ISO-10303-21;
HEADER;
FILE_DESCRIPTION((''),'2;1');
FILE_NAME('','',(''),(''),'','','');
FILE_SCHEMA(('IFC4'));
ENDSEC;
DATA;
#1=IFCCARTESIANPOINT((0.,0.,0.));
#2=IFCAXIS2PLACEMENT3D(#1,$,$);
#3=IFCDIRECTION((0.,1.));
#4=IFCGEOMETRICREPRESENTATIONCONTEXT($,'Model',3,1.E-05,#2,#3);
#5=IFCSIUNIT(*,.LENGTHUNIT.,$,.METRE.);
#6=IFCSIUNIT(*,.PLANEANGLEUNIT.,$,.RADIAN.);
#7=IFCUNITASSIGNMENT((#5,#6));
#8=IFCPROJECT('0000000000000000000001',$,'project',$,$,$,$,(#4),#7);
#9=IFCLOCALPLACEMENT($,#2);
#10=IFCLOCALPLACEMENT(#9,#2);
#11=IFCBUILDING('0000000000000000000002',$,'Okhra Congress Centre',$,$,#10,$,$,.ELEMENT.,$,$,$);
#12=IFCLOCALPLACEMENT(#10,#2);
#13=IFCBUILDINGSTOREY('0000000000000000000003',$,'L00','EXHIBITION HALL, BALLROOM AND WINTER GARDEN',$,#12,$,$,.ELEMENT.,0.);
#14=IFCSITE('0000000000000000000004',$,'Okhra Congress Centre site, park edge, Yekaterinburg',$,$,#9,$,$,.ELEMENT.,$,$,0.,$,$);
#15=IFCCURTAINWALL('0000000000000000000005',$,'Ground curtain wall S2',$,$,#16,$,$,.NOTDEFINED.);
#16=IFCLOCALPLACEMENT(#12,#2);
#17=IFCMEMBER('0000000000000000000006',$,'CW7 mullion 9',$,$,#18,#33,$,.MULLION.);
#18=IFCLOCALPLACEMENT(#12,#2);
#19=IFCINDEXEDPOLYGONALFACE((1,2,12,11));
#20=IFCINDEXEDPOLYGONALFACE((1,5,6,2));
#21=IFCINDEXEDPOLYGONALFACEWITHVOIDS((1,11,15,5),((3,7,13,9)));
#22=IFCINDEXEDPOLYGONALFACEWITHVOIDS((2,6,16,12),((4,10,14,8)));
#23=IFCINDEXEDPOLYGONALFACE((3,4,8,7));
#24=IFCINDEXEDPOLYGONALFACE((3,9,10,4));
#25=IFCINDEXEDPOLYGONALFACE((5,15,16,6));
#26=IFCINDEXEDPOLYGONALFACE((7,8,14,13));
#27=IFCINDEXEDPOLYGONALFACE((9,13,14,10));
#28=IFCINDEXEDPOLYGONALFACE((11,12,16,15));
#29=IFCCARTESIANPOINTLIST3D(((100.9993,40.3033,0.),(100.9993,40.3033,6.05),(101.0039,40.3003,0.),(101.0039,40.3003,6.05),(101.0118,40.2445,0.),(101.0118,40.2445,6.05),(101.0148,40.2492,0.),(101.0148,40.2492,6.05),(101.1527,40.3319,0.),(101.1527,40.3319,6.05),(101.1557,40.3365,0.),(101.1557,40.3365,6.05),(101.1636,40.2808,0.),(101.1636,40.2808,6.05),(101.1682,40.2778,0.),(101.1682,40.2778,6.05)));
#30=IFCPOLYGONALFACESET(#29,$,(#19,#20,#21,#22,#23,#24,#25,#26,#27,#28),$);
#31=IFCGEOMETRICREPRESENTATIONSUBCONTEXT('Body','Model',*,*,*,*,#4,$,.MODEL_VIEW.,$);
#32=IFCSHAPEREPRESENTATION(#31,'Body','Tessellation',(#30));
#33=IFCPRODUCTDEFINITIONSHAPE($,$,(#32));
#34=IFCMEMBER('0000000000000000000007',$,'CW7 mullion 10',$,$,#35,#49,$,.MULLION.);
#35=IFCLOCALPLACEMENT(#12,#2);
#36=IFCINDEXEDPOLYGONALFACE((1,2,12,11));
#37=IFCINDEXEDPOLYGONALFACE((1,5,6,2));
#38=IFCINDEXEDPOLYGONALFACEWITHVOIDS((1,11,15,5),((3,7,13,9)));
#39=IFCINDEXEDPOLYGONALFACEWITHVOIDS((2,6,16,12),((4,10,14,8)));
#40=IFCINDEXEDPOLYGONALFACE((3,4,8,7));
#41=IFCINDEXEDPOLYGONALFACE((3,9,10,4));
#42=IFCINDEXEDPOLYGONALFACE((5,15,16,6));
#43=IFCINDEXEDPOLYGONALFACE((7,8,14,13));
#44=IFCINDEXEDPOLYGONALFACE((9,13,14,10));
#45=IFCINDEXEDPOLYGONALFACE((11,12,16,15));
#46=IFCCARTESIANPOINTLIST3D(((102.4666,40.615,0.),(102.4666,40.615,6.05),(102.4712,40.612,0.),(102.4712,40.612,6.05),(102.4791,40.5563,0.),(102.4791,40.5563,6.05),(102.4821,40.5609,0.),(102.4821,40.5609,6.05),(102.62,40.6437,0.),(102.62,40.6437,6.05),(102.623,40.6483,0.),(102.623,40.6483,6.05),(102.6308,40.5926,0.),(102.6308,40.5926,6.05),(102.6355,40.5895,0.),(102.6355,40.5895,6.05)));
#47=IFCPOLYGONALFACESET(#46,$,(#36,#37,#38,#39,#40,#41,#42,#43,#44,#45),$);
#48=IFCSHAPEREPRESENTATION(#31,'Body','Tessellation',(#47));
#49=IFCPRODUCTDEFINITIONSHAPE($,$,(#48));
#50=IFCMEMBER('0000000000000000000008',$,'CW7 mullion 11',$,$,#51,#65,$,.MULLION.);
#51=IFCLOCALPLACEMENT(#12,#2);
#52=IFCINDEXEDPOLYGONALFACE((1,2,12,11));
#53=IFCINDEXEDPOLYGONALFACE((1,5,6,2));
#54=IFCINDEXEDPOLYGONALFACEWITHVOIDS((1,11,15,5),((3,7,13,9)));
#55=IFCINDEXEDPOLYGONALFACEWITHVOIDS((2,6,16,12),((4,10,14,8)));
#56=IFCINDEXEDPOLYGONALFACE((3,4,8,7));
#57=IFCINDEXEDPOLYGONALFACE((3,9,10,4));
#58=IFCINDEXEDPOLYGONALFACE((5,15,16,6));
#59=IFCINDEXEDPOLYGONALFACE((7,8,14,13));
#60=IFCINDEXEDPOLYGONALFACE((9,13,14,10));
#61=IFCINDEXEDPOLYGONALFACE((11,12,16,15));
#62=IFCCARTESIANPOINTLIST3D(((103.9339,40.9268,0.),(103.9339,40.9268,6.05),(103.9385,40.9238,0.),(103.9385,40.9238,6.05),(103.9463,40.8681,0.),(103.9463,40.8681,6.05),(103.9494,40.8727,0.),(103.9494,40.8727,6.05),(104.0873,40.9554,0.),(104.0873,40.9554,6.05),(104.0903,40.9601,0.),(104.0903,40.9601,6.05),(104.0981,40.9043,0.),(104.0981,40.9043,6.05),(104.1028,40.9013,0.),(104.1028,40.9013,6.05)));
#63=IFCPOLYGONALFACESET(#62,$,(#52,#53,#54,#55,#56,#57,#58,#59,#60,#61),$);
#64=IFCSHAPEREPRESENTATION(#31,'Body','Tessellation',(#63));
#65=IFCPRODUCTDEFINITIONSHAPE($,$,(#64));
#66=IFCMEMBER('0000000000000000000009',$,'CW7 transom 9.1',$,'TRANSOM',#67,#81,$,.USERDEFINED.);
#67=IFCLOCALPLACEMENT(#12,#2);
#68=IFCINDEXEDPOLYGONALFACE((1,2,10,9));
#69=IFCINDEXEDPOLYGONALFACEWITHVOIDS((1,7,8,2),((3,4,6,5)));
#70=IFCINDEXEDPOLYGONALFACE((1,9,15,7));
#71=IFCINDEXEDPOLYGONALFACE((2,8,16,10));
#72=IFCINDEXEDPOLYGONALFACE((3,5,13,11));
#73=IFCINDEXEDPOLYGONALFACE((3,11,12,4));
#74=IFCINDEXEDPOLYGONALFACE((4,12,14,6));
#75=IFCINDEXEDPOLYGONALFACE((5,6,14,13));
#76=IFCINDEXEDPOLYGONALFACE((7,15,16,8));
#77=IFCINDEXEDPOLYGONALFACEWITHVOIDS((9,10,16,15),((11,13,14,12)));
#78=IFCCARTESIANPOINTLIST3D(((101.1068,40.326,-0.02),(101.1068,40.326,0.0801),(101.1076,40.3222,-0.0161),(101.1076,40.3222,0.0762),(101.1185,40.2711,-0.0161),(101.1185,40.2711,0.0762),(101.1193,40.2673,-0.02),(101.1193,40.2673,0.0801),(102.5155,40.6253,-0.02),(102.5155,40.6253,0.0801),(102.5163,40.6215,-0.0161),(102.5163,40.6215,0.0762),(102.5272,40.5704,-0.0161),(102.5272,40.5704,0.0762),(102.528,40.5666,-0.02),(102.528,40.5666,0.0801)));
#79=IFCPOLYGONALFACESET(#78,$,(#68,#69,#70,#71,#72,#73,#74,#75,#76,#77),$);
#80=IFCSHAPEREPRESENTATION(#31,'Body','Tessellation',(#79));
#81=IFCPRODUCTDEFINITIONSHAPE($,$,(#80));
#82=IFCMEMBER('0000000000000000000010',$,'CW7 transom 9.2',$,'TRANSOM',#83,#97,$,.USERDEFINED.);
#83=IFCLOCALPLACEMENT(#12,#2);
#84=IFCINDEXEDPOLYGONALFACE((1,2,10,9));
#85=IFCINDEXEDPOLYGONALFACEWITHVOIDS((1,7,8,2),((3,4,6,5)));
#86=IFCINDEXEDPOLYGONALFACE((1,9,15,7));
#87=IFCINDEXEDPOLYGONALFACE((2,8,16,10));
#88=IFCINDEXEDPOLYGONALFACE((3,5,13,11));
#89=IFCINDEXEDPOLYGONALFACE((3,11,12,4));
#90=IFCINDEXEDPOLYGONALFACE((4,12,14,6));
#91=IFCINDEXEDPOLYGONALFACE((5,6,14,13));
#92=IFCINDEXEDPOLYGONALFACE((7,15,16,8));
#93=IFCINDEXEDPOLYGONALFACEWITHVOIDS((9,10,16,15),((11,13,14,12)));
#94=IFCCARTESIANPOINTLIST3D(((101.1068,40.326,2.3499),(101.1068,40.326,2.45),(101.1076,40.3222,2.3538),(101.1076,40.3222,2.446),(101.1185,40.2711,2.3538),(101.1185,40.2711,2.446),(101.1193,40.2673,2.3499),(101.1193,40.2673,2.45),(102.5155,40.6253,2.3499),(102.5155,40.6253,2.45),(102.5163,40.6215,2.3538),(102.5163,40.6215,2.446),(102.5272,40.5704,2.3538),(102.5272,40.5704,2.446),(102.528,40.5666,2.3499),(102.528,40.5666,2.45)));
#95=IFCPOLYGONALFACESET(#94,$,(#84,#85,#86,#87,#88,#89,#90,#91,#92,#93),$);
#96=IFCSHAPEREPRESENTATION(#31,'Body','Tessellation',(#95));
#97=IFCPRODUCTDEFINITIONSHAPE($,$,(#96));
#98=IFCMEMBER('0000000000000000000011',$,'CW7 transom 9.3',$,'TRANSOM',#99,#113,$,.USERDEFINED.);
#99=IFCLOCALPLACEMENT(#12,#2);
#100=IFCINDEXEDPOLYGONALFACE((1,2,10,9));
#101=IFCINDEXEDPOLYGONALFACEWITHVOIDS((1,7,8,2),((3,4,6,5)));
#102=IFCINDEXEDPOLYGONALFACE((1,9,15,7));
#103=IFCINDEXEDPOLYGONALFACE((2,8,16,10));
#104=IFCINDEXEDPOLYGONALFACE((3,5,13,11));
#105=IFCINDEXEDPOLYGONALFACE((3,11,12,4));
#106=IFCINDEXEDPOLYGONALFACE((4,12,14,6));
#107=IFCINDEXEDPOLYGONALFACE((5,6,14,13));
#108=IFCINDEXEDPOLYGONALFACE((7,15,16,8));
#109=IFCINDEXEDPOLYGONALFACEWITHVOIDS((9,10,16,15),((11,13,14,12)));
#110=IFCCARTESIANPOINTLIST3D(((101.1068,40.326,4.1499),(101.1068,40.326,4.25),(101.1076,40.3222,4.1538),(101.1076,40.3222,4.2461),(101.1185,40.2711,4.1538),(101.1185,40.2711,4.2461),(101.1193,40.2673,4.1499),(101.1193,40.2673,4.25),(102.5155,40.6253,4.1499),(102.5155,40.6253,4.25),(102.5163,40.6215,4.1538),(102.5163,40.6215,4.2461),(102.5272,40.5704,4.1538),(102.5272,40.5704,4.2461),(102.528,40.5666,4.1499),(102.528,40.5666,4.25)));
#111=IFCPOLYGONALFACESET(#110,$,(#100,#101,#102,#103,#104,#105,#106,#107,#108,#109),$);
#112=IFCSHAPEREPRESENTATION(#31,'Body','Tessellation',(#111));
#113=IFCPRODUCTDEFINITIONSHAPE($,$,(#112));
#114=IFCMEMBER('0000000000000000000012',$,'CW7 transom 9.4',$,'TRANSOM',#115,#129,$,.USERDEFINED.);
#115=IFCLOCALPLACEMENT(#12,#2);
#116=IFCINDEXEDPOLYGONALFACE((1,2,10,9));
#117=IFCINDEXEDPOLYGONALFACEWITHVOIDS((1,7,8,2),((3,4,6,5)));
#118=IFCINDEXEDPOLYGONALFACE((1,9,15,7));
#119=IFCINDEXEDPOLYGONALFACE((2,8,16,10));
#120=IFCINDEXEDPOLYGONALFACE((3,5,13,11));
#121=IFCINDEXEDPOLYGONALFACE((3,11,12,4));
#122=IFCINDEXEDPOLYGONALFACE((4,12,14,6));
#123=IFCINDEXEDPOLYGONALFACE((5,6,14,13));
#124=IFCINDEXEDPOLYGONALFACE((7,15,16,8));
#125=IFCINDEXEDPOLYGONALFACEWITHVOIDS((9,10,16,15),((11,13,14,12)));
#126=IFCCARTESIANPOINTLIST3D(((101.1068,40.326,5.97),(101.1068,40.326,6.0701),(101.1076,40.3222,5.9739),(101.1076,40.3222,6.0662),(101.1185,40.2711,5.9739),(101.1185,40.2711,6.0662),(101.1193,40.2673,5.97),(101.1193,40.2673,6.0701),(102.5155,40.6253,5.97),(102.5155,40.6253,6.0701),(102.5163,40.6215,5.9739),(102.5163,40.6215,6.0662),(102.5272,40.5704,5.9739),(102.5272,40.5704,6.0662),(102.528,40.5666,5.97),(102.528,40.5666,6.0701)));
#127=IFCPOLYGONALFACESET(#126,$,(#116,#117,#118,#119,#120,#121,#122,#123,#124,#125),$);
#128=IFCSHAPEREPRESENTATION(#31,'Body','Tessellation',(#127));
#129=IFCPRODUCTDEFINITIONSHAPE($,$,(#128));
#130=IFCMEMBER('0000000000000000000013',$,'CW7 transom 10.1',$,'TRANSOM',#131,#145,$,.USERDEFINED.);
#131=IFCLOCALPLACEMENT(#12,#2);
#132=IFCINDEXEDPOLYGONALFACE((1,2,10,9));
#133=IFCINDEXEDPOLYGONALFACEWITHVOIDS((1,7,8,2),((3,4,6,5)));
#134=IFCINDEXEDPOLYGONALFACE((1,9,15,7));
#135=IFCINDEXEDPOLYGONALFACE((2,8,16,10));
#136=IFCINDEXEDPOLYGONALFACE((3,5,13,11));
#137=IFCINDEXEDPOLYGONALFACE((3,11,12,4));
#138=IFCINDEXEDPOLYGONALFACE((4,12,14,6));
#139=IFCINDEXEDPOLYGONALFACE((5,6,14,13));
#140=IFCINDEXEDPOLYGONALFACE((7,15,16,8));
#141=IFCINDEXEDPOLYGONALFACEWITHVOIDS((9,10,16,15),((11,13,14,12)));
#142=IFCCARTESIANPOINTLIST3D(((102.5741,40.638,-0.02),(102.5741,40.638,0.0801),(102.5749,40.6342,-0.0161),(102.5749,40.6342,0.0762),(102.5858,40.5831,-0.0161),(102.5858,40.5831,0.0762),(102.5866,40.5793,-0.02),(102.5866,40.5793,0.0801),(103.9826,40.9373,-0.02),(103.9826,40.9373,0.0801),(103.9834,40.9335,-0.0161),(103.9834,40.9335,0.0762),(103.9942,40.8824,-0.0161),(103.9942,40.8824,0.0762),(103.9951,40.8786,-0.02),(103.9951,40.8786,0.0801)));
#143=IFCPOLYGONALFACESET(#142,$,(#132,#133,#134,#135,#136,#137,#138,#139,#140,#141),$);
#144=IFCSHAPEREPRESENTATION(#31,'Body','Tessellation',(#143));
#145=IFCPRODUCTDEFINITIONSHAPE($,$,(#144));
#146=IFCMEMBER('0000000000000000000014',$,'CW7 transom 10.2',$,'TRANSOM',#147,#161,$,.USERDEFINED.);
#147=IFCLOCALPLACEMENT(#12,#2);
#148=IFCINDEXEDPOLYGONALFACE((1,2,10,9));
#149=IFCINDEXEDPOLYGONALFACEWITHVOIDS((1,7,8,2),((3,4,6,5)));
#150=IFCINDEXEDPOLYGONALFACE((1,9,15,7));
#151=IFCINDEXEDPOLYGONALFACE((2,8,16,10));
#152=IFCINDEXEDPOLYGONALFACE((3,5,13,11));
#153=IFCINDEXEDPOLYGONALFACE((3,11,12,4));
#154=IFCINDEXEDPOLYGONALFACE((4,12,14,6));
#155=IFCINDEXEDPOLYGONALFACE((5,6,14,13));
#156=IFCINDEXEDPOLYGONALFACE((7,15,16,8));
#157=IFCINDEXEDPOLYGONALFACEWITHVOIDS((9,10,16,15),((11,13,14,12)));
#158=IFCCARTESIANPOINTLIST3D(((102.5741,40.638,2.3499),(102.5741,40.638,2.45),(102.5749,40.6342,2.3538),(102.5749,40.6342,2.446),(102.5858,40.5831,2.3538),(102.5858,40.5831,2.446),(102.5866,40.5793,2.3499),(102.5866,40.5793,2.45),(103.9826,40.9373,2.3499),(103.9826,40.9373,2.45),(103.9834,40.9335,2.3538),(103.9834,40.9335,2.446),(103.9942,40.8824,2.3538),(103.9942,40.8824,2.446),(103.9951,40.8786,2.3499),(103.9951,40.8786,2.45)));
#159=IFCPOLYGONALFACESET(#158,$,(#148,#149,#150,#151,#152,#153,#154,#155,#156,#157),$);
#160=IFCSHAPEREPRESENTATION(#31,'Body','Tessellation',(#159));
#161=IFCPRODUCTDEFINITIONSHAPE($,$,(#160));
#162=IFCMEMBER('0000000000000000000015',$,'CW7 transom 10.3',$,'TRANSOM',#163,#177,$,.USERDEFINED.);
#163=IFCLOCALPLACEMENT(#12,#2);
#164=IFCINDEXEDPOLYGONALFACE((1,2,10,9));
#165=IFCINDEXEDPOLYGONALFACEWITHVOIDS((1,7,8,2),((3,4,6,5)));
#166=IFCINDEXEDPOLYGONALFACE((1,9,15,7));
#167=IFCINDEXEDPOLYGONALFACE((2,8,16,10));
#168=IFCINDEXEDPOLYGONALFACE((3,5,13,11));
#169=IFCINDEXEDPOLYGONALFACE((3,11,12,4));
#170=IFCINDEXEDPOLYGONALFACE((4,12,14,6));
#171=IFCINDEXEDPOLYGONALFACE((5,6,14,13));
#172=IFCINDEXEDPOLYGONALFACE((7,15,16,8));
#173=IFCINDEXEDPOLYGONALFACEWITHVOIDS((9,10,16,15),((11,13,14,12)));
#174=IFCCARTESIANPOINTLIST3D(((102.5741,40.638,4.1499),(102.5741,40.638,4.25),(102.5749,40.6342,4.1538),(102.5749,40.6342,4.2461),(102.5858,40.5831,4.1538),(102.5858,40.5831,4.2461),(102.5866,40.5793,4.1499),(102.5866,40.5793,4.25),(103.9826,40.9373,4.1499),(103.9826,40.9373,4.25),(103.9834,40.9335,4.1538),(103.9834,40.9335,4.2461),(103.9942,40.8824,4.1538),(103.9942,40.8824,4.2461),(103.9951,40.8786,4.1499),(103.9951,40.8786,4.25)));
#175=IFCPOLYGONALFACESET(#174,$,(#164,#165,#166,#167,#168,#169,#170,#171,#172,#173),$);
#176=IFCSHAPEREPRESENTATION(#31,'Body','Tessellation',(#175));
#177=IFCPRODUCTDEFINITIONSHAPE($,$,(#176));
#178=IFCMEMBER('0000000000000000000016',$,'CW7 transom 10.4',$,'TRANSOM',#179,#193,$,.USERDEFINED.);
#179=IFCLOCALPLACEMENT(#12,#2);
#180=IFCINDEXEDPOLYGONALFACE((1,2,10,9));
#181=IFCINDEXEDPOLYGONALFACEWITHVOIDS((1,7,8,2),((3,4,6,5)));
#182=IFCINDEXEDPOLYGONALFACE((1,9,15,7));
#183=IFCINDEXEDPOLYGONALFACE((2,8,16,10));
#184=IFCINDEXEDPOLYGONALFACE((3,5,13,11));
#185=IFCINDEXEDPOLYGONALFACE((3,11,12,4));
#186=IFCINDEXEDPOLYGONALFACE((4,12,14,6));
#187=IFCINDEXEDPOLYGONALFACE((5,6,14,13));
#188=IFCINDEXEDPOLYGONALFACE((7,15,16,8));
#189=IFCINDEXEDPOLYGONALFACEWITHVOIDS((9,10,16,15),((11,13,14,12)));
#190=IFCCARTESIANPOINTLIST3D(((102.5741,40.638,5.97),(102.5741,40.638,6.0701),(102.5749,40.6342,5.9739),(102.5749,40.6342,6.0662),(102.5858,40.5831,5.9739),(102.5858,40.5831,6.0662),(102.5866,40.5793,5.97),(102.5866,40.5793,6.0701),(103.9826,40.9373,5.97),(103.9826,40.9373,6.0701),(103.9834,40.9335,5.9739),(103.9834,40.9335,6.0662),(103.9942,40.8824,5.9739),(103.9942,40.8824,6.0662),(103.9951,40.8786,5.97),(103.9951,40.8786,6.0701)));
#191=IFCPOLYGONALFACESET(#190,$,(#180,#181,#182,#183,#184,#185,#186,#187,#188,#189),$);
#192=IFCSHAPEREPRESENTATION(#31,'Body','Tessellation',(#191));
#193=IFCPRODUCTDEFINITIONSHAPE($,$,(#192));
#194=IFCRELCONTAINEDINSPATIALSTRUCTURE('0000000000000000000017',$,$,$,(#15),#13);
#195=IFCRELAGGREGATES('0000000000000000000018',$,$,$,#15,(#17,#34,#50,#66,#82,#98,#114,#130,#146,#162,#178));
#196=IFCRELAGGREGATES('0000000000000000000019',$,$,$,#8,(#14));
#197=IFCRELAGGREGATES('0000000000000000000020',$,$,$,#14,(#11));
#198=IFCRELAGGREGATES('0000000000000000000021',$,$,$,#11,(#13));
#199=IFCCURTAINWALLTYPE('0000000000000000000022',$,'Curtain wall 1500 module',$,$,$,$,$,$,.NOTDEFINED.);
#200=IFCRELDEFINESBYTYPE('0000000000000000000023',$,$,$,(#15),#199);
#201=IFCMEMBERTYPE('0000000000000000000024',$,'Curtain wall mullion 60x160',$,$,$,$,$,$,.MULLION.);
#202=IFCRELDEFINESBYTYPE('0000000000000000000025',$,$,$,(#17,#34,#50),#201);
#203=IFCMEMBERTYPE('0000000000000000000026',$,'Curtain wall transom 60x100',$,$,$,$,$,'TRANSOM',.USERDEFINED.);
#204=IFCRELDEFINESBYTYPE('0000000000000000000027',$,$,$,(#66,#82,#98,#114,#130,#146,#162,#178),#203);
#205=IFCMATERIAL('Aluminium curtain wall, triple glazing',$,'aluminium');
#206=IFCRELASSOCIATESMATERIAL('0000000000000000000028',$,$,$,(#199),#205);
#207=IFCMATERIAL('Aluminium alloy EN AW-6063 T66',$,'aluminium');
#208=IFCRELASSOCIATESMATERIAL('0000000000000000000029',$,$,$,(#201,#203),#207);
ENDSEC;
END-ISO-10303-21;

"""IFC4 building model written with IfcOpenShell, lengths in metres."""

from ifc_helpers import new_model, si_unit, direction, frame, origin, origin_2d, place, context, subcontext, project, spatial, hollow_rectangle, extrude, material, material_profile, profile_set, type_object, element, aggregate, save


model = new_model("IFC4")

# Units and contexts
model_context = context("Model", 3, precision=1e-05, world=origin(), true_north=direction((0.0, 1.0)))
body_context = subcontext(model_context, "Body", "Model", "MODEL_VIEW")
ifc_project = project(units=[si_unit("LENGTHUNIT", "METRE"), si_unit("PLANEANGLEUNIT", "RADIAN")], contexts=[model_context])

# Site, building, storey
site_placement = place(None, origin())
site = spatial("IfcSite", under=ifc_project, at=site_placement, Name="Okhra Congress Centre site, park edge, Yekaterinburg", CompositionType="ELEMENT", RefElevation=0.0)
building_placement = place(site_placement, origin())
building = spatial("IfcBuilding", under=site, at=building_placement, Name="Okhra Congress Centre", CompositionType="ELEMENT")
storey_placement = place(building_placement, origin())
storey = spatial("IfcBuildingStorey", under=building, at=storey_placement, Name="L00", Description="EXHIBITION HALL, BALLROOM AND WINTER GARDEN", CompositionType="ELEMENT", Elevation=0.0)

# Curtain wall, members
ifc_material_1 = material(Name="Aluminium curtain wall, triple glazing", Category="aluminium")
curtain_wall_type = type_object("IfcCurtainWallType", Name="Curtain wall 1500 module", PredefinedType="NOTDEFINED", material=ifc_material_1)
curtain_wall_placement = place(storey_placement, origin())
curtain_wall = element("IfcCurtainWall", 1, at=curtain_wall_placement, inside=storey, type_object=curtain_wall_type, Name="Ground curtain wall S2", PredefinedType="NOTDEFINED")
ifc_material_2 = material(Name="Aluminium alloy EN AW-6063 T66", Category="aluminium")
ifc_material_profile_1 = material_profile(ifc_material_2, hollow_rectangle(XDim=0.0601, YDim=0.1599, WallThickness=0.0039, at=origin_2d()), Name="RHS 60x160x4")
ifc_profile_set_1 = profile_set([ifc_material_profile_1], Name="Aluminium alloy EN AW-6063 T66")
member_type_1 = type_object("IfcMemberType", Name="Curtain wall mullion 60x160", PredefinedType="MULLION", material=ifc_profile_set_1)
member_1_placement = place(storey_placement, frame((101.0837, 40.2905, 0.0), z_axis=(0.0, 0.0, 1.0), x_axis=(-0.207912, 0.978148, 0.0)))
member_1 = element("IfcMember", 2, at=member_1_placement, type_object=member_type_1, Name="CW7 mullion 9", PredefinedType="MULLION", context=body_context, shape_type="SweptSolid", body=[
    extrude(hollow_rectangle(XDim=0.0601, YDim=0.1599, WallThickness=0.0039, at=origin_2d()), origin(), (0.0, 0.0, 1.0), 6.05),
])
member_2_placement = place(storey_placement, frame((102.551, 40.6023, 0.0), z_axis=(0.0, 0.0, 1.0), x_axis=(-0.207912, 0.978148, 0.0)))
member_2 = element("IfcMember", 3, at=member_2_placement, type_object=member_type_1, Name="CW7 mullion 10", PredefinedType="MULLION", context=body_context, shape_type="SweptSolid", body=[
    extrude(hollow_rectangle(XDim=0.0601, YDim=0.1599, WallThickness=0.0039, at=origin_2d()), origin(), (0.0, 0.0, 1.0), 6.05),
])
member_3_placement = place(storey_placement, frame((104.0183, 40.9141, 0.0), z_axis=(0.0, 0.0, 1.0), x_axis=(-0.207912, 0.978148, 0.0)))
member_3 = element("IfcMember", 4, at=member_3_placement, type_object=member_type_1, Name="CW7 mullion 11", PredefinedType="MULLION", context=body_context, shape_type="SweptSolid", body=[
    extrude(hollow_rectangle(XDim=0.0601, YDim=0.1599, WallThickness=0.0039, at=origin_2d()), origin(), (0.0, 0.0, 1.0), 6.05),
])
ifc_material_profile_2 = material_profile(ifc_material_2, hollow_rectangle(XDim=0.0601, YDim=0.1001, WallThickness=0.0039, at=origin_2d()), Name="RHS 60x100x4")
ifc_profile_set_2 = profile_set([ifc_material_profile_2], Name="Aluminium alloy EN AW-6063 T66")
member_type_2 = type_object("IfcMemberType", Name="Curtain wall transom 60x100", ElementType="TRANSOM", PredefinedType="USERDEFINED", material=ifc_profile_set_2)
member_4_placement = place(storey_placement, frame((101.113, 40.2966, 0.03), z_axis=(0.978163, 0.207838, 0.0), x_axis=(-0.207838, 0.978163, 0.0)))
member_4 = element("IfcMember", 5, at=member_4_placement, type_object=member_type_2, Name="CW7 transom 9.1", ObjectType="TRANSOM", PredefinedType="USERDEFINED", context=body_context, shape_type="SweptSolid", body=[
    extrude(hollow_rectangle(XDim=0.0601, YDim=0.1001, WallThickness=0.0039, at=origin_2d()), origin(), (0.0, 0.0, 1.0), 1.4402),
])
member_5_placement = place(storey_placement, frame((101.113, 40.2966, 2.3999), z_axis=(0.978163, 0.207838, 0.0), x_axis=(-0.207838, 0.978163, 0.0)))
member_5 = element("IfcMember", 6, at=member_5_placement, type_object=member_type_2, Name="CW7 transom 9.2", ObjectType="TRANSOM", PredefinedType="USERDEFINED", context=body_context, shape_type="SweptSolid", body=[
    extrude(hollow_rectangle(XDim=0.0601, YDim=0.1001, WallThickness=0.0039, at=origin_2d()), origin(), (0.0, 0.0, 1.0), 1.4402),
])
member_6_placement = place(storey_placement, frame((101.113, 40.2966, 4.2), z_axis=(0.978163, 0.207838, 0.0), x_axis=(-0.207838, 0.978163, 0.0)))
member_6 = element("IfcMember", 7, at=member_6_placement, type_object=member_type_2, Name="CW7 transom 9.3", ObjectType="TRANSOM", PredefinedType="USERDEFINED", context=body_context, shape_type="SweptSolid", body=[
    extrude(hollow_rectangle(XDim=0.0601, YDim=0.1001, WallThickness=0.0039, at=origin_2d()), origin(), (0.0, 0.0, 1.0), 1.4402),
])
member_7_placement = place(storey_placement, frame((101.113, 40.2966, 6.02), z_axis=(0.978163, 0.207838, 0.0), x_axis=(-0.207838, 0.978163, 0.0)))
member_7 = element("IfcMember", 8, at=member_7_placement, type_object=member_type_2, Name="CW7 transom 9.4", ObjectType="TRANSOM", PredefinedType="USERDEFINED", context=body_context, shape_type="SweptSolid", body=[
    extrude(hollow_rectangle(XDim=0.0601, YDim=0.1001, WallThickness=0.0039, at=origin_2d()), origin(), (0.0, 0.0, 1.0), 1.4402),
])
member_8_placement = place(storey_placement, frame((102.5803, 40.6086, 0.03), z_axis=(0.978156, 0.207873, 0.0), x_axis=(-0.207873, 0.978156, 0.0)))
member_8 = element("IfcMember", 9, at=member_8_placement, type_object=member_type_2, Name="CW7 transom 10.1", ObjectType="TRANSOM", PredefinedType="USERDEFINED", context=body_context, shape_type="SweptSolid", body=[
    extrude(hollow_rectangle(XDim=0.0601, YDim=0.1001, WallThickness=0.0039, at=origin_2d()), origin(), (0.0, 0.0, 1.0), 1.4399),
])
member_9_placement = place(storey_placement, frame((102.5803, 40.6086, 2.3999), z_axis=(0.978156, 0.207873, 0.0), x_axis=(-0.207873, 0.978156, 0.0)))
member_9 = element("IfcMember", 10, at=member_9_placement, type_object=member_type_2, Name="CW7 transom 10.2", ObjectType="TRANSOM", PredefinedType="USERDEFINED", context=body_context, shape_type="SweptSolid", body=[
    extrude(hollow_rectangle(XDim=0.0601, YDim=0.1001, WallThickness=0.0039, at=origin_2d()), origin(), (0.0, 0.0, 1.0), 1.4399),
])
member_10_placement = place(storey_placement, frame((102.5803, 40.6086, 4.2), z_axis=(0.978156, 0.207873, 0.0), x_axis=(-0.207873, 0.978156, 0.0)))
member_10 = element("IfcMember", 11, at=member_10_placement, type_object=member_type_2, Name="CW7 transom 10.3", ObjectType="TRANSOM", PredefinedType="USERDEFINED", context=body_context, shape_type="SweptSolid", body=[
    extrude(hollow_rectangle(XDim=0.0601, YDim=0.1001, WallThickness=0.0039, at=origin_2d()), origin(), (0.0, 0.0, 1.0), 1.4399),
])
member_11_placement = place(storey_placement, frame((102.5803, 40.6086, 6.02), z_axis=(0.978156, 0.207873, 0.0), x_axis=(-0.207873, 0.978156, 0.0)))
member_11 = element("IfcMember", 12, at=member_11_placement, type_object=member_type_2, Name="CW7 transom 10.4", ObjectType="TRANSOM", PredefinedType="USERDEFINED", context=body_context, shape_type="SweptSolid", body=[
    extrude(hollow_rectangle(XDim=0.0601, YDim=0.1001, WallThickness=0.0039, at=origin_2d()), origin(), (0.0, 0.0, 1.0), 1.4399),
])
aggregate(curtain_wall, [member_1, member_2, member_3, member_4, member_5, member_6, member_7, member_8, member_9, member_10, member_11])

save(model, "model.ifc")
